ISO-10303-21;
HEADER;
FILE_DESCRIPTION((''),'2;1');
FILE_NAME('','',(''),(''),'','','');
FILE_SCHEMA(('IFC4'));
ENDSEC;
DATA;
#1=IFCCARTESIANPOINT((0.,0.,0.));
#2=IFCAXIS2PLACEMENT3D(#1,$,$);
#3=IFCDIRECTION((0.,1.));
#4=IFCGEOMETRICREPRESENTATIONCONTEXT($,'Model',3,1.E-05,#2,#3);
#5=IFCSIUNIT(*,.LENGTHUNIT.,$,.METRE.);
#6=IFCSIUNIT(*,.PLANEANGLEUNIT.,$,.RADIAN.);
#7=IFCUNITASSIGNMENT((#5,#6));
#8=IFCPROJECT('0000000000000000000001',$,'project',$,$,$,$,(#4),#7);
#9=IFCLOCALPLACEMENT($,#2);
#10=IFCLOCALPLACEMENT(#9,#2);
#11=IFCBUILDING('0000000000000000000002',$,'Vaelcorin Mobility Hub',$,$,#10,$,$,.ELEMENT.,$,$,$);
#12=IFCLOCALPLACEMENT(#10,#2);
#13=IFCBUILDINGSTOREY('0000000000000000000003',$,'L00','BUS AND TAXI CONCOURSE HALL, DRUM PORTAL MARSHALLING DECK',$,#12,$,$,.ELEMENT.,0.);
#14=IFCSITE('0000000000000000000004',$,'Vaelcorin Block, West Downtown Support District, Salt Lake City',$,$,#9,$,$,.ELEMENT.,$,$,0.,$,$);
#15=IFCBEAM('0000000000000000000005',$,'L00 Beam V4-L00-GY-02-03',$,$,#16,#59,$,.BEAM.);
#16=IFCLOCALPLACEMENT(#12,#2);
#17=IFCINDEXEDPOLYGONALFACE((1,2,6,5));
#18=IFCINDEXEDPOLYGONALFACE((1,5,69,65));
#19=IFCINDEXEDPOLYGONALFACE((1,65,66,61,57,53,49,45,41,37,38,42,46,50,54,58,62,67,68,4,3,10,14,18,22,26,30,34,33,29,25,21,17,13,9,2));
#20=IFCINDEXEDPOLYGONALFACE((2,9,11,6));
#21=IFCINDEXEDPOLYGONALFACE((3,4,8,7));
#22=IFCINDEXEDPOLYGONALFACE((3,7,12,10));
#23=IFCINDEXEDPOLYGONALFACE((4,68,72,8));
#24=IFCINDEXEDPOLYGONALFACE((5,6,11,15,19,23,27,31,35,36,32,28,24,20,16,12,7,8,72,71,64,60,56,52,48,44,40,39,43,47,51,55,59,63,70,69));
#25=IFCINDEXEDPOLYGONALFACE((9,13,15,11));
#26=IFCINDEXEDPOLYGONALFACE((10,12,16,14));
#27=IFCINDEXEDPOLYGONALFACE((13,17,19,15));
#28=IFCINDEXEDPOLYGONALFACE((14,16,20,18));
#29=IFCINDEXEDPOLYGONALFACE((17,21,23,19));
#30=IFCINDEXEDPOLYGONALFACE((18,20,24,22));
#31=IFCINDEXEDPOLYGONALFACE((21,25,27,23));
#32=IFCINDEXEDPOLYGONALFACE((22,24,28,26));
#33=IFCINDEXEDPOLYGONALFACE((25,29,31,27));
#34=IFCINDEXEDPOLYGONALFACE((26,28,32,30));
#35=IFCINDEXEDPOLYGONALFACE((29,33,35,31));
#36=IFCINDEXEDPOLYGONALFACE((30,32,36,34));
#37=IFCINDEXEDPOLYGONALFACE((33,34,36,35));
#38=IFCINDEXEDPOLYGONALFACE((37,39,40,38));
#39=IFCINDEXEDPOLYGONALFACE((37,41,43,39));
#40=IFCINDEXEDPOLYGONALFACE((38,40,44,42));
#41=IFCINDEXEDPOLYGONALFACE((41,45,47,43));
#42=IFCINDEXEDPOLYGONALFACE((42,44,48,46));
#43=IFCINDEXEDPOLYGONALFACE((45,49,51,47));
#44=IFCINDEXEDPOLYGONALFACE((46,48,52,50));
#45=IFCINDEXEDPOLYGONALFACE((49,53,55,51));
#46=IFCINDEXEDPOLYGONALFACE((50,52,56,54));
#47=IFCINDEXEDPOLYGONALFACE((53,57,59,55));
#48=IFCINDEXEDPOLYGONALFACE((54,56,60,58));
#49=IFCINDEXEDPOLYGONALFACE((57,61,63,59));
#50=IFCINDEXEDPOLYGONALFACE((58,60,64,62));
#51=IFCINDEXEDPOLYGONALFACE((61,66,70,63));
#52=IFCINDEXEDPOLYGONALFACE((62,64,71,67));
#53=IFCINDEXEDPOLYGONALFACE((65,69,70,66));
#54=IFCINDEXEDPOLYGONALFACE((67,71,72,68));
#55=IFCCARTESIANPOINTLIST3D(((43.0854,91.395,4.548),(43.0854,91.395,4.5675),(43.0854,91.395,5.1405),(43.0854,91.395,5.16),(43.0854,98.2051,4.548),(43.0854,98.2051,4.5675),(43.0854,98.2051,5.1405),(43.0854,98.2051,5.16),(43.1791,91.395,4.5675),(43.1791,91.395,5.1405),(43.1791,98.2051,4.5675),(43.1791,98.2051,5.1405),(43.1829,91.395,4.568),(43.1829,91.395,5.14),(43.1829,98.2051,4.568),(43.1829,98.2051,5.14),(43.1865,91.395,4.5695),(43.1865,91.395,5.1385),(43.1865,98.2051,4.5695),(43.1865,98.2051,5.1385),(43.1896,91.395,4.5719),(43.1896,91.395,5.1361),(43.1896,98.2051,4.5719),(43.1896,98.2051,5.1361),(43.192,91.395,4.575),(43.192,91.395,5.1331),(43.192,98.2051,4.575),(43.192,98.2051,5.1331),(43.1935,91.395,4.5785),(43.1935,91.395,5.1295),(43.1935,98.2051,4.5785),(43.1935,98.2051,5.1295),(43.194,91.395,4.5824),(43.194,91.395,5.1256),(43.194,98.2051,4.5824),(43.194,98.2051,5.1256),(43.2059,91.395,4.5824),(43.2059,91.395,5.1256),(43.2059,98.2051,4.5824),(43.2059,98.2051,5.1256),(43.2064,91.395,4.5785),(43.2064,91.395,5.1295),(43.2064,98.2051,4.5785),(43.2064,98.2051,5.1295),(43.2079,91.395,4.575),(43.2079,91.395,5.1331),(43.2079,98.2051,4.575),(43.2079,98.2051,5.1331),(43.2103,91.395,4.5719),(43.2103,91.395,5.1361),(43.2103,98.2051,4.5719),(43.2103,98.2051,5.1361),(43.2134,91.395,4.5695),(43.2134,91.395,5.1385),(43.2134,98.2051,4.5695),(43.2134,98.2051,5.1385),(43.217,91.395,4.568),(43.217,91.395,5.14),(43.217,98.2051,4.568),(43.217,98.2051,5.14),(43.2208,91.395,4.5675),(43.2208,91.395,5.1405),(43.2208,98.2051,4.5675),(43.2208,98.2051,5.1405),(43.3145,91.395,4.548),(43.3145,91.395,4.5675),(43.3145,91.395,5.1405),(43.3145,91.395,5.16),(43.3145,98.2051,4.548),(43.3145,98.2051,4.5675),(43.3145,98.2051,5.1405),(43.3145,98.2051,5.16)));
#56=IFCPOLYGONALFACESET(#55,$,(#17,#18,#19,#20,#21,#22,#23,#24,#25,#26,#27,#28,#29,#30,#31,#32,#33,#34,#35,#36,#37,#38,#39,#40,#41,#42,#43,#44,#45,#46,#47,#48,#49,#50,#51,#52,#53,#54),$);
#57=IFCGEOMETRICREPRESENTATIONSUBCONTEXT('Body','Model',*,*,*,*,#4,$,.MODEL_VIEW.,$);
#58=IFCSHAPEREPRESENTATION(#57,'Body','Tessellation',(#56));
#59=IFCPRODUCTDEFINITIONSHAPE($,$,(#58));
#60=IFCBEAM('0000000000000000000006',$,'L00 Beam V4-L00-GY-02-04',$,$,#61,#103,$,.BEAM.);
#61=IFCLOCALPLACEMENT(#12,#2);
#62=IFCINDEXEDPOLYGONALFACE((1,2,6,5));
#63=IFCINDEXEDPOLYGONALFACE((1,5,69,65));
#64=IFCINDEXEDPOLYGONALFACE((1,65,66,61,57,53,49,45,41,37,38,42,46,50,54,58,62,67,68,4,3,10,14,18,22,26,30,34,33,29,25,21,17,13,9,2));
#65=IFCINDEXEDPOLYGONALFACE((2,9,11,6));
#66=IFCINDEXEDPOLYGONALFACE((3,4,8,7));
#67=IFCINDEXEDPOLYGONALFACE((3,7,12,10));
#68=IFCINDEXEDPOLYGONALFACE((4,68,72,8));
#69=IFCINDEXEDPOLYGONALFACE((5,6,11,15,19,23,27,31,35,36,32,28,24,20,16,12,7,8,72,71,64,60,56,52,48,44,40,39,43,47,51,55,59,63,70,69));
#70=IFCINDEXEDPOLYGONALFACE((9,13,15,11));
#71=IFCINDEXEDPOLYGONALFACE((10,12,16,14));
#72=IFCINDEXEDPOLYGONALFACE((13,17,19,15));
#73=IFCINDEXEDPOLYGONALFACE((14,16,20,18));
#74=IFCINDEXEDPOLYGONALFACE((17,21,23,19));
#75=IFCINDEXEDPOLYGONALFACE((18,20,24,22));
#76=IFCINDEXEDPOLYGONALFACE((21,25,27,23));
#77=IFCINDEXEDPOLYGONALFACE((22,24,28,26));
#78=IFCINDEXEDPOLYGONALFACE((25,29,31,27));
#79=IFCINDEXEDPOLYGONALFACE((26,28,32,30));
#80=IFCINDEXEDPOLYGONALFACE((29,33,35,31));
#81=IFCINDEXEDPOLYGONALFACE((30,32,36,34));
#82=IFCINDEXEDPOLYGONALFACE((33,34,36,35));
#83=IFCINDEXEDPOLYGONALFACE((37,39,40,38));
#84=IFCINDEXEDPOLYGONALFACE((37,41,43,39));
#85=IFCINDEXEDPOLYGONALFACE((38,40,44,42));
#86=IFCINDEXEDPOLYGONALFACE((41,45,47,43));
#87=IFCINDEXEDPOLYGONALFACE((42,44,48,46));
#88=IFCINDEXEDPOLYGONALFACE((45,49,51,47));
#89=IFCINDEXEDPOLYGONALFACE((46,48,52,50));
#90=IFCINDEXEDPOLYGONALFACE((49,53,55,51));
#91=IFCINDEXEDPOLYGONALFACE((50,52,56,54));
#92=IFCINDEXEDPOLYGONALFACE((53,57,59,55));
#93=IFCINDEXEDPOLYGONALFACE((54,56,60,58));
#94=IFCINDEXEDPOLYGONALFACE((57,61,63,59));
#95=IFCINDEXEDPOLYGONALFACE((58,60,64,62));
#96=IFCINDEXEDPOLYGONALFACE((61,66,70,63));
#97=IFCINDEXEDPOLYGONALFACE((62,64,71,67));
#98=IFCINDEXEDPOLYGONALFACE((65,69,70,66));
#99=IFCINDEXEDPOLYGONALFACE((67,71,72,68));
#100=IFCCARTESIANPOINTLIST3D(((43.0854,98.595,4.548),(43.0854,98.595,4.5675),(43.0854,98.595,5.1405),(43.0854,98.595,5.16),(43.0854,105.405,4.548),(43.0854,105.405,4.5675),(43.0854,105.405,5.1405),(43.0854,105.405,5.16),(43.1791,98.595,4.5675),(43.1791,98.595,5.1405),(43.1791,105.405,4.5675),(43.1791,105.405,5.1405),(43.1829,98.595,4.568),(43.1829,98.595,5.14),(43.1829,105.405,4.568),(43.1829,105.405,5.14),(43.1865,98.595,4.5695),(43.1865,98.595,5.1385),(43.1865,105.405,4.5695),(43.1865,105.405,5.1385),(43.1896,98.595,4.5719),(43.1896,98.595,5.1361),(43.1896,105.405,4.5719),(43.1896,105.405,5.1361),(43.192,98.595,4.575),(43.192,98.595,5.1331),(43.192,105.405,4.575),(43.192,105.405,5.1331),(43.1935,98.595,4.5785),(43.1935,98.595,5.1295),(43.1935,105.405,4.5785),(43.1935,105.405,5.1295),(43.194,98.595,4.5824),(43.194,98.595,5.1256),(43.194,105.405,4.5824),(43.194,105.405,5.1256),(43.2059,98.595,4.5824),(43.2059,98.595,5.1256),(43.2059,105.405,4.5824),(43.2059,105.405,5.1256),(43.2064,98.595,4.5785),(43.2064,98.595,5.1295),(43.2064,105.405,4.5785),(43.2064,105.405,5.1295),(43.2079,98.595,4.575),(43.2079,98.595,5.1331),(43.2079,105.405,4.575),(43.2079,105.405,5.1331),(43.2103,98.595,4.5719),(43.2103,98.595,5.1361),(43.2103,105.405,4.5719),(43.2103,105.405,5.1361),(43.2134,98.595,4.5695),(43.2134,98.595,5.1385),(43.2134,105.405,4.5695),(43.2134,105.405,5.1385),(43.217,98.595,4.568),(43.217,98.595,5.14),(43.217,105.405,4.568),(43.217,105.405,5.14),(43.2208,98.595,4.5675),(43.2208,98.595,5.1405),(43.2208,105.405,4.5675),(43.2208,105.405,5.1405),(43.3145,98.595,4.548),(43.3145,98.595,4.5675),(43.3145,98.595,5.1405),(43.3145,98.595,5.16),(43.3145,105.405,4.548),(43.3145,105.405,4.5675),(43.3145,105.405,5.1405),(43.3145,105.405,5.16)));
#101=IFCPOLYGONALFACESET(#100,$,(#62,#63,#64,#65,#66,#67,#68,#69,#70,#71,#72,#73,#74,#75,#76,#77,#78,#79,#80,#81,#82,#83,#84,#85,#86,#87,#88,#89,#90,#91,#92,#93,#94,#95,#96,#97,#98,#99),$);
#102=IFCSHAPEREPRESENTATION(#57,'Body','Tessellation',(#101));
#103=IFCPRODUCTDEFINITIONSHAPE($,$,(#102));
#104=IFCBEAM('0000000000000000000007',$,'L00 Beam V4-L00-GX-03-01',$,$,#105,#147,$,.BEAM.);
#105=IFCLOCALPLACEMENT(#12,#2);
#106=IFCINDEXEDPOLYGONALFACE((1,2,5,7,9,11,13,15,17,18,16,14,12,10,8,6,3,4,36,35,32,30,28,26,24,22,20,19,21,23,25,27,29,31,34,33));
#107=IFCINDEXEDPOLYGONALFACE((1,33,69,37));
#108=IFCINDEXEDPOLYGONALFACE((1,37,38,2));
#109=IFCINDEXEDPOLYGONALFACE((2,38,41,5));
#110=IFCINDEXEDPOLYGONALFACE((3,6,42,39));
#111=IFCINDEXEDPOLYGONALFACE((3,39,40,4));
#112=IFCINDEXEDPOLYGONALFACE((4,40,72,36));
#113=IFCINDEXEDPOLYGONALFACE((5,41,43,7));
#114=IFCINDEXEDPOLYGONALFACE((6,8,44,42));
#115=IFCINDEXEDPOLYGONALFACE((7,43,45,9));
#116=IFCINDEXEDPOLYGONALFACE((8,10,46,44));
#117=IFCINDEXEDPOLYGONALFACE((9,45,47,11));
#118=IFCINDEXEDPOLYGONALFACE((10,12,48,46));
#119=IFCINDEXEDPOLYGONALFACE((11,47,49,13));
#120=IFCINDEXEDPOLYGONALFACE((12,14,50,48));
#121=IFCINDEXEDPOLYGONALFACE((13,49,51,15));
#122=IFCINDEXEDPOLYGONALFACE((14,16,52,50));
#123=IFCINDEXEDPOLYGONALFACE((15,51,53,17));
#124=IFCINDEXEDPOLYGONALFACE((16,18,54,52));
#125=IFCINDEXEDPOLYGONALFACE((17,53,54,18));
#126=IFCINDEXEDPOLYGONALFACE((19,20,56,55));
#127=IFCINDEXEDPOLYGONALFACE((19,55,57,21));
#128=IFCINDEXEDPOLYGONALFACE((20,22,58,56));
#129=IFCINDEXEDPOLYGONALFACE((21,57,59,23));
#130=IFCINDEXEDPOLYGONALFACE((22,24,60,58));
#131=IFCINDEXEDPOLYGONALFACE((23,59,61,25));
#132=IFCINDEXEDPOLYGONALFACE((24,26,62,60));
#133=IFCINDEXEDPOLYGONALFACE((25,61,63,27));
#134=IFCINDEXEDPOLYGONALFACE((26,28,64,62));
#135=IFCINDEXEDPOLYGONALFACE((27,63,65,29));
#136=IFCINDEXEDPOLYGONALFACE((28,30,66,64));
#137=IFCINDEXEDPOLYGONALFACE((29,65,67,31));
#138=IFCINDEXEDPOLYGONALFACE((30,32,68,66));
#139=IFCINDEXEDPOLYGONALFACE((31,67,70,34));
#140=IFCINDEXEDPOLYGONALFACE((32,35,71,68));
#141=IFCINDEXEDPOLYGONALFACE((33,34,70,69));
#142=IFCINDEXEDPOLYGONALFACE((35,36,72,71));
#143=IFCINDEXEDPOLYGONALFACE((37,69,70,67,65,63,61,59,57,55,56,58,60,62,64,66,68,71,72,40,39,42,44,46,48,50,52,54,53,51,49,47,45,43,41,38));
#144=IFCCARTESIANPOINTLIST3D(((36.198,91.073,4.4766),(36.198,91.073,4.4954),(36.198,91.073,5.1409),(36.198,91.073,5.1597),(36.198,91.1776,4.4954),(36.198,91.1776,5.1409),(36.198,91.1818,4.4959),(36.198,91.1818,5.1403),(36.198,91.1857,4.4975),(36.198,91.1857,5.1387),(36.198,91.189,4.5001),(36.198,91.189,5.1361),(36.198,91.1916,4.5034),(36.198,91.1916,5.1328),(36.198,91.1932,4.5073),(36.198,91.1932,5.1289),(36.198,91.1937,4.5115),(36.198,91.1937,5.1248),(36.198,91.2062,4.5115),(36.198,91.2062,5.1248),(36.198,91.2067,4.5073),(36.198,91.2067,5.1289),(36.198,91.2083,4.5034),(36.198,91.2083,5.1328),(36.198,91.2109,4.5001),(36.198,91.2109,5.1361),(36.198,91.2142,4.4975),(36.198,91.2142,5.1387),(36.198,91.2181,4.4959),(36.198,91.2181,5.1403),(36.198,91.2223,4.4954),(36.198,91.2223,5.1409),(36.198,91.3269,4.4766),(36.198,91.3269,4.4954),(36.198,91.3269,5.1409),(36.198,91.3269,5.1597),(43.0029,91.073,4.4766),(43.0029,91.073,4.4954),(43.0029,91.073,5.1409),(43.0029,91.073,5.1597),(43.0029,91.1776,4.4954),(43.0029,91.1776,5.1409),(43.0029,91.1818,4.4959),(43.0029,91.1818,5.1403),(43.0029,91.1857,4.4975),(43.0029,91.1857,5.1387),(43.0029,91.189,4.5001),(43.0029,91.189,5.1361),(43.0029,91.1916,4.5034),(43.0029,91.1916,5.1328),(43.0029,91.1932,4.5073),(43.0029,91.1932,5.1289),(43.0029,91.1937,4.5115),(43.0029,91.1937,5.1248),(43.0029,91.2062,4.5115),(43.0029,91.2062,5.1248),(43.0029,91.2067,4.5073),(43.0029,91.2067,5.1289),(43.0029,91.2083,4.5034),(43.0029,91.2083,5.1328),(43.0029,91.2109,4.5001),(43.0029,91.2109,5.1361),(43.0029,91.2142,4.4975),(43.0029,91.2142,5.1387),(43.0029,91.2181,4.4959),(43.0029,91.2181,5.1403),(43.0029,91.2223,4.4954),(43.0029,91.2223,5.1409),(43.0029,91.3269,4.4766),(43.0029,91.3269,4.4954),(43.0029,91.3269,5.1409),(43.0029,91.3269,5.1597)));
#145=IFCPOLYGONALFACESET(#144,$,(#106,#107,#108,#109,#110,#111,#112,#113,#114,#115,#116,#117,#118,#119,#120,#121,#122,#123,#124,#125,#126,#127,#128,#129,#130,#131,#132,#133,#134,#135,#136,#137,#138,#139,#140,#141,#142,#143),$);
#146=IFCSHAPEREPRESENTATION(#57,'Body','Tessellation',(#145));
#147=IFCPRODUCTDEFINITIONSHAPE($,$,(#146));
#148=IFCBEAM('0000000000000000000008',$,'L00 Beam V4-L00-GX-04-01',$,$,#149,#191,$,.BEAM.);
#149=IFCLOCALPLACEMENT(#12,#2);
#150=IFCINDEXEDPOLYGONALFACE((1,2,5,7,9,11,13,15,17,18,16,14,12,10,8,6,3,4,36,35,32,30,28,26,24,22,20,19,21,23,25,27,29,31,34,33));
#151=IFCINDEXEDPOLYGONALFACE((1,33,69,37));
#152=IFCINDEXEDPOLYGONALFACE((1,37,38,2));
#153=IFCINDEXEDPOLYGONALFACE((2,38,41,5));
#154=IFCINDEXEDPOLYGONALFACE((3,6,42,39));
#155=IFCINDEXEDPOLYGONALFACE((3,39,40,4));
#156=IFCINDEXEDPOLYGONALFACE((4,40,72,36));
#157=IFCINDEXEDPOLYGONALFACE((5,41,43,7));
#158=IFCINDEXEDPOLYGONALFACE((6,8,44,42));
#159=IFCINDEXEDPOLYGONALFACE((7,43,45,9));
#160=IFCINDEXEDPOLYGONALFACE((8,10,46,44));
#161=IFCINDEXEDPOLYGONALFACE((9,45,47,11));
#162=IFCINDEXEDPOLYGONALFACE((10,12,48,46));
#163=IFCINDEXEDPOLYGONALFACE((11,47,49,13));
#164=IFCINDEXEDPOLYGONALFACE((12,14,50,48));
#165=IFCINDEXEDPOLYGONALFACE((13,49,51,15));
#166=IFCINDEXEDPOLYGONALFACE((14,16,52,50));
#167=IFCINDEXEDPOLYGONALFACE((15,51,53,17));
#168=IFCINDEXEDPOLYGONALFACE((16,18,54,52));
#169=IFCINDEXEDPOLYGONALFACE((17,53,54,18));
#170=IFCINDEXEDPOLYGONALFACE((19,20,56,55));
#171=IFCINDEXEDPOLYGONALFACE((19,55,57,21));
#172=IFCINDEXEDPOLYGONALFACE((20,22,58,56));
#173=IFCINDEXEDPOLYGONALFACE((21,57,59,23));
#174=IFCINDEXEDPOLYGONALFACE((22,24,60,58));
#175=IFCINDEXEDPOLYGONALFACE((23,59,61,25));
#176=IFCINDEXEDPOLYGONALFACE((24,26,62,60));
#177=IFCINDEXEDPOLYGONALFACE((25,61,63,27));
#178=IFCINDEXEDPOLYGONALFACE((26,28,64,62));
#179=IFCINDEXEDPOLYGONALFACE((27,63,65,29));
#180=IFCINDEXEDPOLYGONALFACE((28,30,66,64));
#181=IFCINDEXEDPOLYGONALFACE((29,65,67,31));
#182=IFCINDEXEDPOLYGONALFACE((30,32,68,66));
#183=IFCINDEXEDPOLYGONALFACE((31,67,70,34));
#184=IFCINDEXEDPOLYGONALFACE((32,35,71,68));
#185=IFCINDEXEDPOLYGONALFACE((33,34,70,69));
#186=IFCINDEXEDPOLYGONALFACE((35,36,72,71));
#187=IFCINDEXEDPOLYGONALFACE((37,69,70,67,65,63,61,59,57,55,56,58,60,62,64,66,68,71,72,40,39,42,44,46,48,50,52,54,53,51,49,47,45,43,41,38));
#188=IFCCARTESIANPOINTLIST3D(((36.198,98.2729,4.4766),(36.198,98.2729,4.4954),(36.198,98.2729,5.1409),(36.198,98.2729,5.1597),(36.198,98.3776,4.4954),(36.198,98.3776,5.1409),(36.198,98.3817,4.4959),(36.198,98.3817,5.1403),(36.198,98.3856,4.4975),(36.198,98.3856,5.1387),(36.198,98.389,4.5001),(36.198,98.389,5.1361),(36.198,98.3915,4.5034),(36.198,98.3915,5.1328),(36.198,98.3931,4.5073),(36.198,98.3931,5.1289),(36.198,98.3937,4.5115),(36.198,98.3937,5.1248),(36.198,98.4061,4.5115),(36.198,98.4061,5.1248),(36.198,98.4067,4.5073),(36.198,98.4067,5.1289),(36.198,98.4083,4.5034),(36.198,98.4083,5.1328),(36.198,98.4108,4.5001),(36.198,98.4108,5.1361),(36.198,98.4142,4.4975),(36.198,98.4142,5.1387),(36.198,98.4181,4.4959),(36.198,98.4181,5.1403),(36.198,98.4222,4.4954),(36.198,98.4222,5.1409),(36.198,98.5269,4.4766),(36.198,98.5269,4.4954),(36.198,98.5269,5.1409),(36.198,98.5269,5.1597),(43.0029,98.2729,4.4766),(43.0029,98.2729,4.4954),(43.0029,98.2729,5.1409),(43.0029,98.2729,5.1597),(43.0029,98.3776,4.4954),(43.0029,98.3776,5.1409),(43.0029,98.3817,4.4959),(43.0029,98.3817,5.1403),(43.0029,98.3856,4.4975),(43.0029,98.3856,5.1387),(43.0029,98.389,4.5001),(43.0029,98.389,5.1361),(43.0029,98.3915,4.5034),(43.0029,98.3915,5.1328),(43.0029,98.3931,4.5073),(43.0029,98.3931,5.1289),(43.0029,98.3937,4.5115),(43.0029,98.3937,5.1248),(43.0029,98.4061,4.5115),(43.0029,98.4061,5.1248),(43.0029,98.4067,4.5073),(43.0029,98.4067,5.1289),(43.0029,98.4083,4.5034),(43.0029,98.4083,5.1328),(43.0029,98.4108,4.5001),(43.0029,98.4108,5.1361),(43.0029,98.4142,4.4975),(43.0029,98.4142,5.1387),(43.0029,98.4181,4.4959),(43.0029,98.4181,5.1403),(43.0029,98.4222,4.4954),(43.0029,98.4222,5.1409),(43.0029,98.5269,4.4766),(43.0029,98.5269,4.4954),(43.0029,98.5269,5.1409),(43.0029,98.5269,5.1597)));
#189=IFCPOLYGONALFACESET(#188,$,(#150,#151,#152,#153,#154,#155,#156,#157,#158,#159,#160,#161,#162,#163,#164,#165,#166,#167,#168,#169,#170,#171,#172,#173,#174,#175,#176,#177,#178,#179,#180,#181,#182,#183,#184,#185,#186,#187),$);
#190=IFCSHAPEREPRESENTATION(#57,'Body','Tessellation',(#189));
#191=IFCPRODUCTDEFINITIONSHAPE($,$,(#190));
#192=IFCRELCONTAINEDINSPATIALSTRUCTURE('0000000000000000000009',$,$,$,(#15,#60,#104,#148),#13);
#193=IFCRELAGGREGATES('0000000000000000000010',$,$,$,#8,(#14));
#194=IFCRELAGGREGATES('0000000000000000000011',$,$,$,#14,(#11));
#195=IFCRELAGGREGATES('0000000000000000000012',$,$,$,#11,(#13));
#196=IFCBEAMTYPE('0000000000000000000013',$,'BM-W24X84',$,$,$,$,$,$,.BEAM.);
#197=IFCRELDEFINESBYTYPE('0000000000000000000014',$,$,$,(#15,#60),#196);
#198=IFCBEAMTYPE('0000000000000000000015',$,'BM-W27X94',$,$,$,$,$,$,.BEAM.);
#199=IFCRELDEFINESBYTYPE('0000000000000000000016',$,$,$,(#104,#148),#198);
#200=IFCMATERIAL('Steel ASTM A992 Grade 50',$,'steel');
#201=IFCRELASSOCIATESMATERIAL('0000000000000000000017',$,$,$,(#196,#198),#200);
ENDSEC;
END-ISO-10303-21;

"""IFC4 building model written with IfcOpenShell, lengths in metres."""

from ifc_helpers import new_model, si_unit, direction, frame, origin, origin_2d, place, context, subcontext, project, spatial, i_section, extrude, material, material_profile, profile_set, type_object, element, save


model = new_model("IFC4")

# Units and contexts
model_context = context("Model", 3, precision=1e-05, world=origin(), true_north=direction((0.0, 1.0)))
body_context = subcontext(model_context, "Body", "Model", "MODEL_VIEW")
ifc_project = project(units=[si_unit("LENGTHUNIT", "METRE"), si_unit("PLANEANGLEUNIT", "RADIAN")], contexts=[model_context])

# Site, building, storey
site_placement = place(None, origin())
site = spatial("IfcSite", under=ifc_project, at=site_placement, Name="Vaelcorin Block, West Downtown Support District, Salt Lake City", CompositionType="ELEMENT", RefElevation=0.0)
building_placement = place(site_placement, origin())
building = spatial("IfcBuilding", under=site, at=building_placement, Name="Vaelcorin Mobility Hub", CompositionType="ELEMENT")
storey_placement = place(building_placement, origin())
storey = spatial("IfcBuildingStorey", under=building, at=storey_placement, Name="L00", Description="BUS AND TAXI CONCOURSE HALL, DRUM PORTAL MARSHALLING DECK", CompositionType="ELEMENT", Elevation=0.0)

# Shared definitions
ifc_material_1 = material(Name="Steel ASTM A992 Grade 50", Category="steel")

# Beams
ifc_material_profile_1 = material_profile(ifc_material_1, i_section(OverallWidth=0.229, OverallDepth=0.6121, WebThickness=0.012, FlangeThickness=0.0195, FilletRadius=0.0149, at=origin_2d()), Name="W24X84")
ifc_profile_set_1 = profile_set([ifc_material_profile_1], Name="Steel ASTM A992 Grade 50")
beam_type_1 = type_object("IfcBeamType", Name="BM-W24X84", PredefinedType="BEAM", material=ifc_profile_set_1)
for number, where, z_axis, x_axis, name in (
    (1, (43.2, 91.395, 4.854), (0.0, 1.0, 0.0), (-1.0, 0.0, 0.0), "L00 Beam V4-L00-GY-02-03"),
    (2, (43.2, 98.595, 4.854), (0.0, 1.0, 0.0), (-1.0, 0.0, 0.0), "L00 Beam V4-L00-GY-02-04"),
):
    element("IfcBeam", number, at=place(storey_placement, frame(where, z_axis=z_axis, x_axis=x_axis)), inside=storey, type_object=beam_type_1, Name=name, PredefinedType="BEAM", context=body_context, shape_type="SweptSolid", body=[
        extrude(i_section(OverallWidth=0.229, OverallDepth=0.6121, WebThickness=0.012, FlangeThickness=0.0195, FilletRadius=0.0149, at=origin_2d()), origin(), (0.0, 0.0, 1.0), 6.8101),
    ])
ifc_material_profile_2 = material_profile(ifc_material_1, i_section(OverallWidth=0.2539, OverallDepth=0.6831, WebThickness=0.0125, FlangeThickness=0.0188, FilletRadius=0.0161, at=origin_2d()), Name="W27X94")
ifc_profile_set_2 = profile_set([ifc_material_profile_2], Name="Steel ASTM A992 Grade 50")
beam_type_2 = type_object("IfcBeamType", Name="BM-W27X94", PredefinedType="BEAM", material=ifc_profile_set_2)
for number, where, z_axis, x_axis, name in (
    (3, (36.198, 91.2, 4.8181), (1.0, 0.0, 0.0), (0.0, 1.0, 0.0), "L00 Beam V4-L00-GX-03-01"),
    (4, (36.198, 98.3999, 4.8181), (1.0, 0.0, 0.0), (0.0, 1.0, 0.0), "L00 Beam V4-L00-GX-04-01"),
):
    element("IfcBeam", number, at=place(storey_placement, frame(where, z_axis=z_axis, x_axis=x_axis)), inside=storey, type_object=beam_type_2, Name=name, PredefinedType="BEAM", context=body_context, shape_type="SweptSolid", body=[
        extrude(i_section(OverallWidth=0.2539, OverallDepth=0.6831, WebThickness=0.0125, FlangeThickness=0.0188, FilletRadius=0.0161, at=origin_2d()), origin(), (0.0, 0.0, 1.0), 6.8049),
    ])

save(model, "model.ifc")
